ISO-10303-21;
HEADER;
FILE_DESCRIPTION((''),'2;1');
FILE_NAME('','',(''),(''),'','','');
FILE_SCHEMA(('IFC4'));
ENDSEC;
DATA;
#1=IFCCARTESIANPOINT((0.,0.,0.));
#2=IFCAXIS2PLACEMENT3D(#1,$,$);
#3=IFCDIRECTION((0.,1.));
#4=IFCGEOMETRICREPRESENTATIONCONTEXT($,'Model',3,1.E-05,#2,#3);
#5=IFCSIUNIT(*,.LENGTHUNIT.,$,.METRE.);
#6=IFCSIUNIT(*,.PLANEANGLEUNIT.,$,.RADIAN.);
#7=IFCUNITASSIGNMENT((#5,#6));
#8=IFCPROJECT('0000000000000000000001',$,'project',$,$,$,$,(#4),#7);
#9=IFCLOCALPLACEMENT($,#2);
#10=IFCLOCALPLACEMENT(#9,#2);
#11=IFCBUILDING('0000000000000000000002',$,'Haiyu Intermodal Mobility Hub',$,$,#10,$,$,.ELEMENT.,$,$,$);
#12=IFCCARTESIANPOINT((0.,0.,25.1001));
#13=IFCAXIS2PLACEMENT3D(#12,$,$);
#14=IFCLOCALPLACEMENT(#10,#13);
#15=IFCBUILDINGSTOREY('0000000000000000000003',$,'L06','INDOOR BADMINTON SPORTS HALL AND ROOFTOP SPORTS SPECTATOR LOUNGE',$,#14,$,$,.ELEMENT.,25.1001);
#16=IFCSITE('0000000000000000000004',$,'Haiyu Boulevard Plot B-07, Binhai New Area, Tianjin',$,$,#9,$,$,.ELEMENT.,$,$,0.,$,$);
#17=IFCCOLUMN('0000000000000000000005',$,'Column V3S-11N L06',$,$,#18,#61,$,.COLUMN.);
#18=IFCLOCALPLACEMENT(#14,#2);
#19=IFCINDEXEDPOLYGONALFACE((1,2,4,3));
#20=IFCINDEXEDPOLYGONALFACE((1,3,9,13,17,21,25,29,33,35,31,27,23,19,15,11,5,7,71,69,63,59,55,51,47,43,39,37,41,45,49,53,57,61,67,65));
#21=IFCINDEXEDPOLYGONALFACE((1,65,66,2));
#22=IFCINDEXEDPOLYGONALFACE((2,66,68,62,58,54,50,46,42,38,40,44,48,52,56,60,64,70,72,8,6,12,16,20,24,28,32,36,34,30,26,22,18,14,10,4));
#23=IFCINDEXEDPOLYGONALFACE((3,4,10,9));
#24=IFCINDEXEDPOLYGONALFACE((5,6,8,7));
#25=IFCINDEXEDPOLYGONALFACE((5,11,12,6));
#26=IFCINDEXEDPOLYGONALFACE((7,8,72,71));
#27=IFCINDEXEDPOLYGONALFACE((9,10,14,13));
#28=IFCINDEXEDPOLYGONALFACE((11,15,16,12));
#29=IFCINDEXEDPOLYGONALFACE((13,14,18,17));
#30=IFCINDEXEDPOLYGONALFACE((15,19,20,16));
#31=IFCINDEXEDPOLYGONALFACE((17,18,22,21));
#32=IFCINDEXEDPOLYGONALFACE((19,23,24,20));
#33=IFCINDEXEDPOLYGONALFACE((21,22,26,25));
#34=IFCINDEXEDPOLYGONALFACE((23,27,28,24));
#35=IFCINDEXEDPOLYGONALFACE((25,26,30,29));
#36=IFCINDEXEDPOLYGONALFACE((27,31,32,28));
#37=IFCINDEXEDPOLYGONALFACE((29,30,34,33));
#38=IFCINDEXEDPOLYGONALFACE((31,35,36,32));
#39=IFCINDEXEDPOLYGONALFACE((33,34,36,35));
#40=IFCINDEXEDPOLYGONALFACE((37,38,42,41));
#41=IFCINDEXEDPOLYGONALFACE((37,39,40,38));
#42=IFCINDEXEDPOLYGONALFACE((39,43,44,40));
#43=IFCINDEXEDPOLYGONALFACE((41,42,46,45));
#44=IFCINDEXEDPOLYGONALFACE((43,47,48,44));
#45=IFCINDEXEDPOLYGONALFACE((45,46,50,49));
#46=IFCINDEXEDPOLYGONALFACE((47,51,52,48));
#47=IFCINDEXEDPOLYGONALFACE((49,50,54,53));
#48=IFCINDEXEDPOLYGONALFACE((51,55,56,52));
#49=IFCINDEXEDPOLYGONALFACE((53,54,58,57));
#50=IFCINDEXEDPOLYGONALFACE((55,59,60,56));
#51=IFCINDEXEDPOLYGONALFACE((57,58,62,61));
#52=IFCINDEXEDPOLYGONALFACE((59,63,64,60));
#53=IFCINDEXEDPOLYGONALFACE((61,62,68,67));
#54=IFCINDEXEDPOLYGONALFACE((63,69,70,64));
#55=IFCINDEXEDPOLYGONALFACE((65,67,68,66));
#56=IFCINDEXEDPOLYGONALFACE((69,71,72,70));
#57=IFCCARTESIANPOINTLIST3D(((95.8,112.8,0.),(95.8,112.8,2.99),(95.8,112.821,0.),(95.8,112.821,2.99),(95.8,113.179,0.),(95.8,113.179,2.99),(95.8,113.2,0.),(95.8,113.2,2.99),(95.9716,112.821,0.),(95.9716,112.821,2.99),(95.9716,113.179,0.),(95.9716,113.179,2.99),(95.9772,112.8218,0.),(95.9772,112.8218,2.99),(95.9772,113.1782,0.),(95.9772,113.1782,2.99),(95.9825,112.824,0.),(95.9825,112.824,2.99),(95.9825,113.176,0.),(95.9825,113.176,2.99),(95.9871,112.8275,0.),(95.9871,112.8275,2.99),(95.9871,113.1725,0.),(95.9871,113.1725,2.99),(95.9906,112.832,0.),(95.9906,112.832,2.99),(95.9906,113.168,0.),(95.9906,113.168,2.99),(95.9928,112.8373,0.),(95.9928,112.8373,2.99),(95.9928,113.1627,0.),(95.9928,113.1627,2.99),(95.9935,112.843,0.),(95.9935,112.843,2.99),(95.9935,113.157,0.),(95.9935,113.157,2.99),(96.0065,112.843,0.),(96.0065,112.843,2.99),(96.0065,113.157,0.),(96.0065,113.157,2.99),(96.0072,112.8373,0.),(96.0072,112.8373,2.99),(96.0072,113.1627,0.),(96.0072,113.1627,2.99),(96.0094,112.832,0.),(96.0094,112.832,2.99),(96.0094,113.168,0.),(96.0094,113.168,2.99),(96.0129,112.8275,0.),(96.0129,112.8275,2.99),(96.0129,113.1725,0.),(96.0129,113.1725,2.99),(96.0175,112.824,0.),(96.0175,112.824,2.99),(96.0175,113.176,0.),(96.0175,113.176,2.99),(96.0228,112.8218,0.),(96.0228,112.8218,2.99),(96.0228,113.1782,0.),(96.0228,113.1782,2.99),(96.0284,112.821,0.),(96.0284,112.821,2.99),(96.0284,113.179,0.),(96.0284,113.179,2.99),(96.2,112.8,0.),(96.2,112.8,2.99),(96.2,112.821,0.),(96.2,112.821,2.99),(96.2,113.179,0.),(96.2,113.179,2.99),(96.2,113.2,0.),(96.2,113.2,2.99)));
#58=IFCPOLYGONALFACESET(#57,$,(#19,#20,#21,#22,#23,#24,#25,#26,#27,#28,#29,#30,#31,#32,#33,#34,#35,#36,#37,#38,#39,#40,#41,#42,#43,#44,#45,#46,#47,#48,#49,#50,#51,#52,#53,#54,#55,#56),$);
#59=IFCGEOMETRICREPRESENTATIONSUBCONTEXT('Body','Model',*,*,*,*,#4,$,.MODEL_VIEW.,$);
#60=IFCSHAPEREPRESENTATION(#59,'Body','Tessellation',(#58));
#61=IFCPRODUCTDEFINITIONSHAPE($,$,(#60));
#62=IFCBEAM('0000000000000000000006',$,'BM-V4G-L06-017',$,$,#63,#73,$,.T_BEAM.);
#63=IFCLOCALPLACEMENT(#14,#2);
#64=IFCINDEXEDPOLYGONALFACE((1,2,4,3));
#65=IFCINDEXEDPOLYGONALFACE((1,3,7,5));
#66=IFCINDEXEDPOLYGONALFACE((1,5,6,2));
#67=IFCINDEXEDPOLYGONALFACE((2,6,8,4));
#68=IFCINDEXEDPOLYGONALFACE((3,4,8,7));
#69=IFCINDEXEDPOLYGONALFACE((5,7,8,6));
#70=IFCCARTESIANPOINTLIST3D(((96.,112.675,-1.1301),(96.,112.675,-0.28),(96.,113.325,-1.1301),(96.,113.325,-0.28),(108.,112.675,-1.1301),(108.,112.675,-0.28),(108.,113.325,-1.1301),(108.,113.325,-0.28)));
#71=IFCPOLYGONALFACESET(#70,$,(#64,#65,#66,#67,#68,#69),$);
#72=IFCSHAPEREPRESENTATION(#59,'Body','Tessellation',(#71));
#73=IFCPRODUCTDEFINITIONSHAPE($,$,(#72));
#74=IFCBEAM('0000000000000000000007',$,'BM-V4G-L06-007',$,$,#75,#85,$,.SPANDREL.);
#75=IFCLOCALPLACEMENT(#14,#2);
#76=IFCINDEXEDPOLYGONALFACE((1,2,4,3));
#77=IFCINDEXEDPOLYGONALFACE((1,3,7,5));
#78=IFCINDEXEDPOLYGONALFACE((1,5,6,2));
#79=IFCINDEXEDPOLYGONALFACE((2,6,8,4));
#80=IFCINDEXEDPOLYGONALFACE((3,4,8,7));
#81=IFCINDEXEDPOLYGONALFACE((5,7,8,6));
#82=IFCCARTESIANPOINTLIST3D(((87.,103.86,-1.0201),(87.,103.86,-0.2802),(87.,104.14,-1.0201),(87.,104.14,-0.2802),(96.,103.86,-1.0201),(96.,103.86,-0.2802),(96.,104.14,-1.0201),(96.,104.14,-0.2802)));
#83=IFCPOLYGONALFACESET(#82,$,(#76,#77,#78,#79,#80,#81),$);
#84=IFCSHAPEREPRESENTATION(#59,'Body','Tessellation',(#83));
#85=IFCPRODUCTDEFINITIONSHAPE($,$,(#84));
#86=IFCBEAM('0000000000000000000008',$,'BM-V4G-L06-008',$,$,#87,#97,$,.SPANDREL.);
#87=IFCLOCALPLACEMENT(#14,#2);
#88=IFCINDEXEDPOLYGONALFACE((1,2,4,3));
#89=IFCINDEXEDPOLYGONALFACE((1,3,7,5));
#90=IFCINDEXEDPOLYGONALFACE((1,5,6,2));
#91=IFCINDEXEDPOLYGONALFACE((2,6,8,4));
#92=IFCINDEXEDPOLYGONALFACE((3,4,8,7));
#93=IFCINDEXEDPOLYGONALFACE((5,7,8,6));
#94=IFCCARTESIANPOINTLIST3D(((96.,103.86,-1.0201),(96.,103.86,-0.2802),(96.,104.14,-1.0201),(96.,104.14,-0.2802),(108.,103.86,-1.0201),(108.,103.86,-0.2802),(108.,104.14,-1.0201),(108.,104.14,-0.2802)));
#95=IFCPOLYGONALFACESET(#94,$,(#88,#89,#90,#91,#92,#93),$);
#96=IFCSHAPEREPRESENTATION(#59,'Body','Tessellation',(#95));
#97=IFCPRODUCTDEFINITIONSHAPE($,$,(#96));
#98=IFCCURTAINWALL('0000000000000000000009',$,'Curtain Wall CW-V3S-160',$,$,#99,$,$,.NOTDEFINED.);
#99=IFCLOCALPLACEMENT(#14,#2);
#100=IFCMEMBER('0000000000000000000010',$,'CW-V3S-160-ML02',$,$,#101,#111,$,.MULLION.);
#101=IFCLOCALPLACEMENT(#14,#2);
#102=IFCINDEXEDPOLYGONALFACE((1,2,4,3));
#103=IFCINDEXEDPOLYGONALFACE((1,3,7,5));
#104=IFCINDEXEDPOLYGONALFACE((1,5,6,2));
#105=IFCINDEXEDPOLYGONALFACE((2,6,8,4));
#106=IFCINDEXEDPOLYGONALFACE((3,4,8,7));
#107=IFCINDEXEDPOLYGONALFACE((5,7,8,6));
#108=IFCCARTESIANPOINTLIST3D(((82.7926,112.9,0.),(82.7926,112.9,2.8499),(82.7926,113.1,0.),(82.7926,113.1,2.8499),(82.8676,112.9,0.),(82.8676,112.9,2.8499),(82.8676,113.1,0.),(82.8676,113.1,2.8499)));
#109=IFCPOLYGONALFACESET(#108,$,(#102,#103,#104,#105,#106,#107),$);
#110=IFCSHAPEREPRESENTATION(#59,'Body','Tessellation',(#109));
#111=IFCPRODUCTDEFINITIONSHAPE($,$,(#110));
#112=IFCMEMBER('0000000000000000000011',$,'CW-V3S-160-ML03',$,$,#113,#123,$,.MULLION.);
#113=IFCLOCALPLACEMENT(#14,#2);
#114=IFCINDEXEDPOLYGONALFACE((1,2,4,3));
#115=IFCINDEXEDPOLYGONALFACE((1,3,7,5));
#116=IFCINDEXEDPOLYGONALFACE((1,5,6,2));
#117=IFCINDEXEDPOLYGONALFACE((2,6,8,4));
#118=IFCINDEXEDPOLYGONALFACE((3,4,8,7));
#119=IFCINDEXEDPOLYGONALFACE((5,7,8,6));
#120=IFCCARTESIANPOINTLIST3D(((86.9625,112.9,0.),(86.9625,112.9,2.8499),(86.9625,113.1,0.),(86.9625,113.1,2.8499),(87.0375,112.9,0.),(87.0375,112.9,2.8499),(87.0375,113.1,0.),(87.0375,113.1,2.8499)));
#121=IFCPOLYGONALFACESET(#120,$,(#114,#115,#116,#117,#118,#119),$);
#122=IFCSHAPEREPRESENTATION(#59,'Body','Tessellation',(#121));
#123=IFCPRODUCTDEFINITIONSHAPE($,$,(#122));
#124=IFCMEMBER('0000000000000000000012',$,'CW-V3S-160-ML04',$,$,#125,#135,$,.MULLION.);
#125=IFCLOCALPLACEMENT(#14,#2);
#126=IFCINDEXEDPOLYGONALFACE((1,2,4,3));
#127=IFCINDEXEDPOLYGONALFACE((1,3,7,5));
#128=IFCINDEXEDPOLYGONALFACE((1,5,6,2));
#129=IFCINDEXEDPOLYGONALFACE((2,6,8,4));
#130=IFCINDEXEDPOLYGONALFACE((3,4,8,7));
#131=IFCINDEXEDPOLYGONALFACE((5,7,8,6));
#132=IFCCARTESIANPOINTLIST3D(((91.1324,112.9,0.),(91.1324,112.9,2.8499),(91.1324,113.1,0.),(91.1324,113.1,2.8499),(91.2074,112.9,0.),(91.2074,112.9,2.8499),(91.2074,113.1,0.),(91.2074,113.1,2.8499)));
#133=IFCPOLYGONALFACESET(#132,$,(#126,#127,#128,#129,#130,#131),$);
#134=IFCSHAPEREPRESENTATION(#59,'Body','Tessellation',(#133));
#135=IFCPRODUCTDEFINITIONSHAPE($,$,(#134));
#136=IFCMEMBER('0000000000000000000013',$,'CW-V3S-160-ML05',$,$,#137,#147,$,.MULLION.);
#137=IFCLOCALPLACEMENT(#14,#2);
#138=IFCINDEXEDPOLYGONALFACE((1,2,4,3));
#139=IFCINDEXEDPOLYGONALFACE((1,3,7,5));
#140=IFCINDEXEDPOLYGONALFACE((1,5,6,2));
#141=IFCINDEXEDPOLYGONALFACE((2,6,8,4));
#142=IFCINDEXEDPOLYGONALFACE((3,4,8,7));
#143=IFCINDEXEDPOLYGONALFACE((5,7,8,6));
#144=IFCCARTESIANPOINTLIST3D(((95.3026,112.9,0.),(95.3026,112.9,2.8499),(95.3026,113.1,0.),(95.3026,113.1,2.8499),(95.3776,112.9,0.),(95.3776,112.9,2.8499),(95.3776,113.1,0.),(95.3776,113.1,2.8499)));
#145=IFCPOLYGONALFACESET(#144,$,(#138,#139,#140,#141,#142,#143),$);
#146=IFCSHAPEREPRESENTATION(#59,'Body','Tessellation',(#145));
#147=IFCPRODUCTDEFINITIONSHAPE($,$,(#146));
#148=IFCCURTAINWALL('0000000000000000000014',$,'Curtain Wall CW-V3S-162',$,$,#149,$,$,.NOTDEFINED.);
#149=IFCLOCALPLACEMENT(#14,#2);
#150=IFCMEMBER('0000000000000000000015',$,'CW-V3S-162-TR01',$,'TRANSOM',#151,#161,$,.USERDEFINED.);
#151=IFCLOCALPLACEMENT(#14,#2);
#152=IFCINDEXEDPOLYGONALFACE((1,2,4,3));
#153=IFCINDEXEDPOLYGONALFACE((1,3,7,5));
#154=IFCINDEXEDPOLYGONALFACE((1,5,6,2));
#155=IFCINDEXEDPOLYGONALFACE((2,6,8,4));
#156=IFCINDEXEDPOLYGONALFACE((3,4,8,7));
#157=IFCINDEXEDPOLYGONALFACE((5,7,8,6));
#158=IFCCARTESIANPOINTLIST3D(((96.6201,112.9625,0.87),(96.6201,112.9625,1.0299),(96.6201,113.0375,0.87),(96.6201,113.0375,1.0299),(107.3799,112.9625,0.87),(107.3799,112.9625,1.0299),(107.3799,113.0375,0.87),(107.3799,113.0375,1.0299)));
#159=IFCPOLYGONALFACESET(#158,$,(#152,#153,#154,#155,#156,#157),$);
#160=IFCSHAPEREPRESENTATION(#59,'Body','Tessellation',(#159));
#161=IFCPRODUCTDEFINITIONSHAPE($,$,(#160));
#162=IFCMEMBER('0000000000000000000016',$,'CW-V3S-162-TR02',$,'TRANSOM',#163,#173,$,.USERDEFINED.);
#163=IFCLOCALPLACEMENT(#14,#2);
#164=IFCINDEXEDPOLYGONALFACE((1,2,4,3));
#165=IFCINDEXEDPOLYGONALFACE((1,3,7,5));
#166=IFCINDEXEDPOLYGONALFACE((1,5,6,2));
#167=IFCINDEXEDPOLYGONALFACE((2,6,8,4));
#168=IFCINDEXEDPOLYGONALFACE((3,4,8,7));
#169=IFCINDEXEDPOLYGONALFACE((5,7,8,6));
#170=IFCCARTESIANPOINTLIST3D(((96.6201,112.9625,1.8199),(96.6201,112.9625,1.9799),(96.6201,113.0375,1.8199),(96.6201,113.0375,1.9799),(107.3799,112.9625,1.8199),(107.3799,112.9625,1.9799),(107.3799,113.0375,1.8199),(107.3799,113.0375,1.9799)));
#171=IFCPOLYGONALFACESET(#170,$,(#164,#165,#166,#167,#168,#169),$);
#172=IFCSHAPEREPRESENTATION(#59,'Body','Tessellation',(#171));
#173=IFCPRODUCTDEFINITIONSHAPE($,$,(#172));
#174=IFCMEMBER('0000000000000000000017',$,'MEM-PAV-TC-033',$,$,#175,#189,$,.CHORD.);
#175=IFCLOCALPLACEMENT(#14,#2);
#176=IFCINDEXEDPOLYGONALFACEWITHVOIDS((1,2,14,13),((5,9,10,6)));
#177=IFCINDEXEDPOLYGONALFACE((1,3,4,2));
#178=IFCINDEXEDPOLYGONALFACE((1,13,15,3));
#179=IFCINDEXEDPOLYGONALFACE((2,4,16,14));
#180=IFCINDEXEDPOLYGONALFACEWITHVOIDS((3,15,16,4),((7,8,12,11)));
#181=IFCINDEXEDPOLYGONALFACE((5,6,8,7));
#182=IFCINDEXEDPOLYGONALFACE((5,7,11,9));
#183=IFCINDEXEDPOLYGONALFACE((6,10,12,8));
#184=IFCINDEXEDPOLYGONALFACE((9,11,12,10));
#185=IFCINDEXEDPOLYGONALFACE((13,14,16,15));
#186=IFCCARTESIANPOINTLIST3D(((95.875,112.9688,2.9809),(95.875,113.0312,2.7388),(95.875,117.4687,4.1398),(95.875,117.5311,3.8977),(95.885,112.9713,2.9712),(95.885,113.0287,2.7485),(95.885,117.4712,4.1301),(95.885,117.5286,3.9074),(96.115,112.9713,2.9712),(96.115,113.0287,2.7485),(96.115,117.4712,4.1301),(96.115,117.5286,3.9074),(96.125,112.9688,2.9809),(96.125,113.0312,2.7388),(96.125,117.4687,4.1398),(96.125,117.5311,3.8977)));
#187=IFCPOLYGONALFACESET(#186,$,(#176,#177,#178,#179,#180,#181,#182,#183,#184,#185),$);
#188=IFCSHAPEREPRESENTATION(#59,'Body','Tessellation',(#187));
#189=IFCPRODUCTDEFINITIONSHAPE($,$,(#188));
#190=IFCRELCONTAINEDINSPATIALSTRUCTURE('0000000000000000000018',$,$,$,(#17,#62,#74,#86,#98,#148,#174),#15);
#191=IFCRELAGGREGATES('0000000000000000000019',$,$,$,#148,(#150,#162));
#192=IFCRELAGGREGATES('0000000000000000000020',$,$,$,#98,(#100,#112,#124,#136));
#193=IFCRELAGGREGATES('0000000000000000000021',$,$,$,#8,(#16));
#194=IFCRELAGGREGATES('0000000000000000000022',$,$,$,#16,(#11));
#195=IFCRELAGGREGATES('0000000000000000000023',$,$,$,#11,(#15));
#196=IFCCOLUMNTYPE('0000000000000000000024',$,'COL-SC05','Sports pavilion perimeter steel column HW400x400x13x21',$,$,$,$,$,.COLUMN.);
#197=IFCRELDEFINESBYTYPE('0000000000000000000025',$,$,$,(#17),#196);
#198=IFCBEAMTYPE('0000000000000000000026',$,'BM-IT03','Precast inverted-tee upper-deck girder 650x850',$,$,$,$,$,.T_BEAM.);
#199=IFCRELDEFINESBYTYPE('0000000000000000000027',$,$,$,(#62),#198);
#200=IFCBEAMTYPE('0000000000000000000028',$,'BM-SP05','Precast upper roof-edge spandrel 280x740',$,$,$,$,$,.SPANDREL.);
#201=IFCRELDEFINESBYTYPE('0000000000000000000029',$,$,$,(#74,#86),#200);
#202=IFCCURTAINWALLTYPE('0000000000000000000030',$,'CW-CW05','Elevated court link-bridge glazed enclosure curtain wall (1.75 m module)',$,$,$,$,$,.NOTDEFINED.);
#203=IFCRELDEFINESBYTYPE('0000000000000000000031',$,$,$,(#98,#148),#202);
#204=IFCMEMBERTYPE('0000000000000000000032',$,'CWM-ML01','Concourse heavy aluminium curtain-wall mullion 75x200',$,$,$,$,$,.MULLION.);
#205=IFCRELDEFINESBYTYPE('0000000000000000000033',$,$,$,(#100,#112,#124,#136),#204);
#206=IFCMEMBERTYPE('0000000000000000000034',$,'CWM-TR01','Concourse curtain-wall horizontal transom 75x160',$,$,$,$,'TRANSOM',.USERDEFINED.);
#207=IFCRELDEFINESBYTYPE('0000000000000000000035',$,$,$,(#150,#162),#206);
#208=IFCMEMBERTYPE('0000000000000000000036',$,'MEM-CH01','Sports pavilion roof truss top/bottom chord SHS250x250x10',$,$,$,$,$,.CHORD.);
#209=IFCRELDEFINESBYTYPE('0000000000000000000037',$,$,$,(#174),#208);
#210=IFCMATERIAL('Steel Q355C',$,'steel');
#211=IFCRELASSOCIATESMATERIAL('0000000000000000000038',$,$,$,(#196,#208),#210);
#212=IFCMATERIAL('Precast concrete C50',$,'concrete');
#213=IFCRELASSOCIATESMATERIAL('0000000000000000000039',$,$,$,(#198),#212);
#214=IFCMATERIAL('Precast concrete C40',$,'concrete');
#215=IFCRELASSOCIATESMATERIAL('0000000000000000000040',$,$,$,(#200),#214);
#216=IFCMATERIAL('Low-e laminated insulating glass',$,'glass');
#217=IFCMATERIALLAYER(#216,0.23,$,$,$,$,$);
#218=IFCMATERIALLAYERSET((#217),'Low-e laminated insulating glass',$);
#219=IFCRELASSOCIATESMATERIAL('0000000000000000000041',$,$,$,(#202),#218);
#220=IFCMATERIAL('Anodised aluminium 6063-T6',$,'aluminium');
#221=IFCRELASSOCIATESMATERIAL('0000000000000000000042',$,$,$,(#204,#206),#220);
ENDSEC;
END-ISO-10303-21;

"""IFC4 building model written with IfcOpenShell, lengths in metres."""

from ifc_helpers import new_model, si_unit, direction, frame, origin, origin_2d, place, context, subcontext, project, spatial, rectangle, hollow_rectangle, i_section, extrude, material, layer, layer_set, material_profile, profile_set, type_object, element, aggregate, save


model = new_model("IFC4")

# Units and contexts
model_context = context("Model", 3, precision=1e-05, world=origin(), true_north=direction((0.0, 1.0)))
body_context = subcontext(model_context, "Body", "Model", "MODEL_VIEW")
ifc_project = project(units=[si_unit("LENGTHUNIT", "METRE"), si_unit("PLANEANGLEUNIT", "RADIAN")], contexts=[model_context])

# Site, building, storey
site_placement = place(None, origin())
site = spatial("IfcSite", under=ifc_project, at=site_placement, Name="Haiyu Boulevard Plot B-07, Binhai New Area, Tianjin", CompositionType="ELEMENT", RefElevation=0.0)
building_placement = place(site_placement, origin())
building = spatial("IfcBuilding", under=site, at=building_placement, Name="Haiyu Intermodal Mobility Hub", CompositionType="ELEMENT")
storey_placement = place(building_placement, frame((0.0, 0.0, 25.1001)))
storey = spatial("IfcBuildingStorey", under=building, at=storey_placement, Name="L06", Description="INDOOR BADMINTON SPORTS HALL AND ROOFTOP SPORTS SPECTATOR LOUNGE", CompositionType="ELEMENT", Elevation=25.1001)

# Column
ifc_material_1 = material(Name="Steel Q355C", Category="steel")
ifc_material_profile_1 = material_profile(ifc_material_1, i_section(OverallWidth=0.3999, OverallDepth=0.3999, WebThickness=0.0129, FlangeThickness=0.021, FilletRadius=0.022, at=origin_2d()), Name="HW400x400x13x21")
ifc_profile_set_1 = profile_set([ifc_material_profile_1], Name="Steel Q355C")
column_type = type_object("IfcColumnType", Name="COL-SC05", Description="Sports pavilion perimeter steel column HW400x400x13x21", PredefinedType="COLUMN", material=ifc_profile_set_1)
column_placement = place(storey_placement, frame((96.0, 113.0, 0.0), z_axis=(0.0, 0.0, 1.0), x_axis=(1.0, 0.0, 0.0)))
element("IfcColumn", 1, at=column_placement, inside=storey, type_object=column_type, Name="Column V3S-11N L06", PredefinedType="COLUMN", context=body_context, shape_type="SweptSolid", body=[
    extrude(i_section(OverallWidth=0.3999, OverallDepth=0.3999, WebThickness=0.0129, FlangeThickness=0.021, FilletRadius=0.022, at=origin_2d()), origin(), (0.0, 0.0, 1.0), 2.99),
])

# Beams
ifc_material_2 = material(Name="Precast concrete C50", Category="concrete")
ifc_material_profile_2 = material_profile(ifc_material_2, rectangle(XDim=0.6499, YDim=0.8501, at=origin_2d()), Name="PC650x850")
ifc_profile_set_2 = profile_set([ifc_material_profile_2], Name="Precast concrete C50")
beam_type_1 = type_object("IfcBeamType", Name="BM-IT03", Description="Precast inverted-tee upper-deck girder 650x850", PredefinedType="T_BEAM", material=ifc_profile_set_2)
beam_1_placement = place(storey_placement, frame((96.0, 113.0, -0.7051), z_axis=(1.0, 0.0, 0.0), x_axis=(0.0, 1.0, 0.0)))
element("IfcBeam", 2, at=beam_1_placement, inside=storey, type_object=beam_type_1, Name="BM-V4G-L06-017", PredefinedType="T_BEAM", context=body_context, shape_type="SweptSolid", body=[
    extrude(rectangle(XDim=0.6499, YDim=0.8501, at=origin_2d()), origin(), (0.0, 0.0, 1.0), 12.0),
])
ifc_material_3 = material(Name="Precast concrete C40", Category="concrete")
ifc_material_profile_3 = material_profile(ifc_material_3, rectangle(XDim=0.28, YDim=0.74, at=origin_2d()), Name="B280x740")
ifc_profile_set_3 = profile_set([ifc_material_profile_3], Name="Precast concrete C40")
beam_type_2 = type_object("IfcBeamType", Name="BM-SP05", Description="Precast upper roof-edge spandrel 280x740", PredefinedType="SPANDREL", material=ifc_profile_set_3)
beam_2_placement = place(storey_placement, frame((87.0, 104.0, -0.6501), z_axis=(1.0, 0.0, 0.0), x_axis=(0.0, 1.0, 0.0)))
element("IfcBeam", 3, at=beam_2_placement, inside=storey, type_object=beam_type_2, Name="BM-V4G-L06-007", PredefinedType="SPANDREL", context=body_context, shape_type="SweptSolid", body=[
    extrude(rectangle(XDim=0.28, YDim=0.74, at=origin_2d()), origin(), (0.0, 0.0, 1.0), 9.0),
])
beam_3_placement = place(storey_placement, frame((96.0, 104.0, -0.6501), z_axis=(1.0, 0.0, 0.0), x_axis=(0.0, 1.0, 0.0)))
element("IfcBeam", 4, at=beam_3_placement, inside=storey, type_object=beam_type_2, Name="BM-V4G-L06-008", PredefinedType="SPANDREL", context=body_context, shape_type="SweptSolid", body=[
    extrude(rectangle(XDim=0.28, YDim=0.74, at=origin_2d()), origin(), (0.0, 0.0, 1.0), 12.0),
])

# Curtain walls, members
ifc_material_4 = material(Name="Low-e laminated insulating glass", Category="glass")
ifc_layer_1 = layer(ifc_material_4, 0.23)
ifc_layer_set_1 = layer_set([ifc_layer_1], Name="Low-e laminated insulating glass")
curtain_wall_type = type_object("IfcCurtainWallType", Name="CW-CW05", Description="Elevated court link-bridge glazed enclosure curtain wall (1.75 m module)", PredefinedType="NOTDEFINED", material=ifc_layer_set_1)
curtain_wall_1_placement = place(storey_placement, origin())
curtain_wall_1 = element("IfcCurtainWall", 5, at=curtain_wall_1_placement, inside=storey, type_object=curtain_wall_type, Name="Curtain Wall CW-V3S-160", PredefinedType="NOTDEFINED")
ifc_material_5 = material(Name="Anodised aluminium 6063-T6", Category="aluminium")
ifc_material_profile_4 = material_profile(ifc_material_5, rectangle(XDim=0.075, YDim=0.2, at=origin_2d()), Name="ALU75x200")
ifc_profile_set_4 = profile_set([ifc_material_profile_4], Name="Anodised aluminium 6063-T6")
member_type_1 = type_object("IfcMemberType", Name="CWM-ML01", Description="Concourse heavy aluminium curtain-wall mullion 75x200", PredefinedType="MULLION", material=ifc_profile_set_4)
member_1_placement = place(storey_placement, frame((82.8301, 113.0, 0.0), z_axis=(0.0, 0.0, 1.0), x_axis=(1.0, 0.0, 0.0)))
member_1 = element("IfcMember", 6, at=member_1_placement, type_object=member_type_1, Name="CW-V3S-160-ML02", PredefinedType="MULLION", context=body_context, shape_type="SweptSolid", body=[
    extrude(rectangle(XDim=0.075, YDim=0.2, at=origin_2d()), origin(), (0.0, 0.0, 1.0), 2.8499),
])
member_2_placement = place(storey_placement, frame((87.0, 113.0, 0.0), z_axis=(0.0, 0.0, 1.0), x_axis=(1.0, 0.0, 0.0)))
member_2 = element("IfcMember", 7, at=member_2_placement, type_object=member_type_1, Name="CW-V3S-160-ML03", PredefinedType="MULLION", context=body_context, shape_type="SweptSolid", body=[
    extrude(rectangle(XDim=0.075, YDim=0.2, at=origin_2d()), origin(), (0.0, 0.0, 1.0), 2.8499),
])
member_3_placement = place(storey_placement, frame((91.1699, 113.0, 0.0), z_axis=(0.0, 0.0, 1.0), x_axis=(1.0, 0.0, 0.0)))
member_3 = element("IfcMember", 8, at=member_3_placement, type_object=member_type_1, Name="CW-V3S-160-ML04", PredefinedType="MULLION", context=body_context, shape_type="SweptSolid", body=[
    extrude(rectangle(XDim=0.075, YDim=0.2, at=origin_2d()), origin(), (0.0, 0.0, 1.0), 2.8499),
])
member_4_placement = place(storey_placement, frame((95.3401, 113.0, 0.0), z_axis=(0.0, 0.0, 1.0), x_axis=(1.0, 0.0, 0.0)))
member_4 = element("IfcMember", 9, at=member_4_placement, type_object=member_type_1, Name="CW-V3S-160-ML05", PredefinedType="MULLION", context=body_context, shape_type="SweptSolid", body=[
    extrude(rectangle(XDim=0.075, YDim=0.2, at=origin_2d()), origin(), (0.0, 0.0, 1.0), 2.8499),
])
curtain_wall_2_placement = place(storey_placement, origin())
curtain_wall_2 = element("IfcCurtainWall", 10, at=curtain_wall_2_placement, inside=storey, type_object=curtain_wall_type, Name="Curtain Wall CW-V3S-162", PredefinedType="NOTDEFINED")
ifc_material_profile_5 = material_profile(ifc_material_5, rectangle(XDim=0.075, YDim=0.1599, at=origin_2d()), Name="ALU75x160")
ifc_profile_set_5 = profile_set([ifc_material_profile_5], Name="Anodised aluminium 6063-T6")
member_type_2 = type_object("IfcMemberType", Name="CWM-TR01", Description="Concourse curtain-wall horizontal transom 75x160", ElementType="TRANSOM", PredefinedType="USERDEFINED", material=ifc_profile_set_5)
member_5_placement = place(storey_placement, frame((96.6201, 113.0, 0.95), z_axis=(1.0, 0.0, 0.0), x_axis=(0.0, 1.0, 0.0)))
member_5 = element("IfcMember", 11, at=member_5_placement, type_object=member_type_2, Name="CW-V3S-162-TR01", ObjectType="TRANSOM", PredefinedType="USERDEFINED", context=body_context, shape_type="SweptSolid", body=[
    extrude(rectangle(XDim=0.075, YDim=0.1599, at=origin_2d()), origin(), (0.0, 0.0, 1.0), 10.7598),
])
member_6_placement = place(storey_placement, frame((96.6201, 113.0, 1.8999), z_axis=(1.0, 0.0, 0.0), x_axis=(0.0, 1.0, 0.0)))
member_6 = element("IfcMember", 12, at=member_6_placement, type_object=member_type_2, Name="CW-V3S-162-TR02", ObjectType="TRANSOM", PredefinedType="USERDEFINED", context=body_context, shape_type="SweptSolid", body=[
    extrude(rectangle(XDim=0.075, YDim=0.1599, at=origin_2d()), origin(), (0.0, 0.0, 1.0), 10.7598),
])
aggregate(curtain_wall_2, [member_5, member_6])

# Member
ifc_material_profile_6 = material_profile(ifc_material_1, hollow_rectangle(XDim=0.25, YDim=0.25, WallThickness=0.01, at=origin_2d()), Name="SHS250x250x10")
ifc_profile_set_6 = profile_set([ifc_material_profile_6], Name="Steel Q355C")
member_type_3 = type_object("IfcMemberType", Name="MEM-CH01", Description="Sports pavilion roof truss top/bottom chord SHS250x250x10", PredefinedType="CHORD", material=ifc_profile_set_6)
member_7_placement = place(storey_placement, frame((96.0, 113.0, 2.8599), z_axis=(0.0, 0.9684, 0.249403), x_axis=(-1.0, 0.0, 0.0)))
element("IfcMember", 13, at=member_7_placement, inside=storey, type_object=member_type_3, Name="MEM-PAV-TC-033", PredefinedType="CHORD", context=body_context, shape_type="SweptSolid", body=[
    extrude(hollow_rectangle(XDim=0.25, YDim=0.25, WallThickness=0.01, at=origin_2d()), origin(), (0.0, 0.0, 1.0), 4.6467),
])

aggregate(curtain_wall_1, [member_1, member_2, member_3, member_4])

save(model, "model.ifc")
